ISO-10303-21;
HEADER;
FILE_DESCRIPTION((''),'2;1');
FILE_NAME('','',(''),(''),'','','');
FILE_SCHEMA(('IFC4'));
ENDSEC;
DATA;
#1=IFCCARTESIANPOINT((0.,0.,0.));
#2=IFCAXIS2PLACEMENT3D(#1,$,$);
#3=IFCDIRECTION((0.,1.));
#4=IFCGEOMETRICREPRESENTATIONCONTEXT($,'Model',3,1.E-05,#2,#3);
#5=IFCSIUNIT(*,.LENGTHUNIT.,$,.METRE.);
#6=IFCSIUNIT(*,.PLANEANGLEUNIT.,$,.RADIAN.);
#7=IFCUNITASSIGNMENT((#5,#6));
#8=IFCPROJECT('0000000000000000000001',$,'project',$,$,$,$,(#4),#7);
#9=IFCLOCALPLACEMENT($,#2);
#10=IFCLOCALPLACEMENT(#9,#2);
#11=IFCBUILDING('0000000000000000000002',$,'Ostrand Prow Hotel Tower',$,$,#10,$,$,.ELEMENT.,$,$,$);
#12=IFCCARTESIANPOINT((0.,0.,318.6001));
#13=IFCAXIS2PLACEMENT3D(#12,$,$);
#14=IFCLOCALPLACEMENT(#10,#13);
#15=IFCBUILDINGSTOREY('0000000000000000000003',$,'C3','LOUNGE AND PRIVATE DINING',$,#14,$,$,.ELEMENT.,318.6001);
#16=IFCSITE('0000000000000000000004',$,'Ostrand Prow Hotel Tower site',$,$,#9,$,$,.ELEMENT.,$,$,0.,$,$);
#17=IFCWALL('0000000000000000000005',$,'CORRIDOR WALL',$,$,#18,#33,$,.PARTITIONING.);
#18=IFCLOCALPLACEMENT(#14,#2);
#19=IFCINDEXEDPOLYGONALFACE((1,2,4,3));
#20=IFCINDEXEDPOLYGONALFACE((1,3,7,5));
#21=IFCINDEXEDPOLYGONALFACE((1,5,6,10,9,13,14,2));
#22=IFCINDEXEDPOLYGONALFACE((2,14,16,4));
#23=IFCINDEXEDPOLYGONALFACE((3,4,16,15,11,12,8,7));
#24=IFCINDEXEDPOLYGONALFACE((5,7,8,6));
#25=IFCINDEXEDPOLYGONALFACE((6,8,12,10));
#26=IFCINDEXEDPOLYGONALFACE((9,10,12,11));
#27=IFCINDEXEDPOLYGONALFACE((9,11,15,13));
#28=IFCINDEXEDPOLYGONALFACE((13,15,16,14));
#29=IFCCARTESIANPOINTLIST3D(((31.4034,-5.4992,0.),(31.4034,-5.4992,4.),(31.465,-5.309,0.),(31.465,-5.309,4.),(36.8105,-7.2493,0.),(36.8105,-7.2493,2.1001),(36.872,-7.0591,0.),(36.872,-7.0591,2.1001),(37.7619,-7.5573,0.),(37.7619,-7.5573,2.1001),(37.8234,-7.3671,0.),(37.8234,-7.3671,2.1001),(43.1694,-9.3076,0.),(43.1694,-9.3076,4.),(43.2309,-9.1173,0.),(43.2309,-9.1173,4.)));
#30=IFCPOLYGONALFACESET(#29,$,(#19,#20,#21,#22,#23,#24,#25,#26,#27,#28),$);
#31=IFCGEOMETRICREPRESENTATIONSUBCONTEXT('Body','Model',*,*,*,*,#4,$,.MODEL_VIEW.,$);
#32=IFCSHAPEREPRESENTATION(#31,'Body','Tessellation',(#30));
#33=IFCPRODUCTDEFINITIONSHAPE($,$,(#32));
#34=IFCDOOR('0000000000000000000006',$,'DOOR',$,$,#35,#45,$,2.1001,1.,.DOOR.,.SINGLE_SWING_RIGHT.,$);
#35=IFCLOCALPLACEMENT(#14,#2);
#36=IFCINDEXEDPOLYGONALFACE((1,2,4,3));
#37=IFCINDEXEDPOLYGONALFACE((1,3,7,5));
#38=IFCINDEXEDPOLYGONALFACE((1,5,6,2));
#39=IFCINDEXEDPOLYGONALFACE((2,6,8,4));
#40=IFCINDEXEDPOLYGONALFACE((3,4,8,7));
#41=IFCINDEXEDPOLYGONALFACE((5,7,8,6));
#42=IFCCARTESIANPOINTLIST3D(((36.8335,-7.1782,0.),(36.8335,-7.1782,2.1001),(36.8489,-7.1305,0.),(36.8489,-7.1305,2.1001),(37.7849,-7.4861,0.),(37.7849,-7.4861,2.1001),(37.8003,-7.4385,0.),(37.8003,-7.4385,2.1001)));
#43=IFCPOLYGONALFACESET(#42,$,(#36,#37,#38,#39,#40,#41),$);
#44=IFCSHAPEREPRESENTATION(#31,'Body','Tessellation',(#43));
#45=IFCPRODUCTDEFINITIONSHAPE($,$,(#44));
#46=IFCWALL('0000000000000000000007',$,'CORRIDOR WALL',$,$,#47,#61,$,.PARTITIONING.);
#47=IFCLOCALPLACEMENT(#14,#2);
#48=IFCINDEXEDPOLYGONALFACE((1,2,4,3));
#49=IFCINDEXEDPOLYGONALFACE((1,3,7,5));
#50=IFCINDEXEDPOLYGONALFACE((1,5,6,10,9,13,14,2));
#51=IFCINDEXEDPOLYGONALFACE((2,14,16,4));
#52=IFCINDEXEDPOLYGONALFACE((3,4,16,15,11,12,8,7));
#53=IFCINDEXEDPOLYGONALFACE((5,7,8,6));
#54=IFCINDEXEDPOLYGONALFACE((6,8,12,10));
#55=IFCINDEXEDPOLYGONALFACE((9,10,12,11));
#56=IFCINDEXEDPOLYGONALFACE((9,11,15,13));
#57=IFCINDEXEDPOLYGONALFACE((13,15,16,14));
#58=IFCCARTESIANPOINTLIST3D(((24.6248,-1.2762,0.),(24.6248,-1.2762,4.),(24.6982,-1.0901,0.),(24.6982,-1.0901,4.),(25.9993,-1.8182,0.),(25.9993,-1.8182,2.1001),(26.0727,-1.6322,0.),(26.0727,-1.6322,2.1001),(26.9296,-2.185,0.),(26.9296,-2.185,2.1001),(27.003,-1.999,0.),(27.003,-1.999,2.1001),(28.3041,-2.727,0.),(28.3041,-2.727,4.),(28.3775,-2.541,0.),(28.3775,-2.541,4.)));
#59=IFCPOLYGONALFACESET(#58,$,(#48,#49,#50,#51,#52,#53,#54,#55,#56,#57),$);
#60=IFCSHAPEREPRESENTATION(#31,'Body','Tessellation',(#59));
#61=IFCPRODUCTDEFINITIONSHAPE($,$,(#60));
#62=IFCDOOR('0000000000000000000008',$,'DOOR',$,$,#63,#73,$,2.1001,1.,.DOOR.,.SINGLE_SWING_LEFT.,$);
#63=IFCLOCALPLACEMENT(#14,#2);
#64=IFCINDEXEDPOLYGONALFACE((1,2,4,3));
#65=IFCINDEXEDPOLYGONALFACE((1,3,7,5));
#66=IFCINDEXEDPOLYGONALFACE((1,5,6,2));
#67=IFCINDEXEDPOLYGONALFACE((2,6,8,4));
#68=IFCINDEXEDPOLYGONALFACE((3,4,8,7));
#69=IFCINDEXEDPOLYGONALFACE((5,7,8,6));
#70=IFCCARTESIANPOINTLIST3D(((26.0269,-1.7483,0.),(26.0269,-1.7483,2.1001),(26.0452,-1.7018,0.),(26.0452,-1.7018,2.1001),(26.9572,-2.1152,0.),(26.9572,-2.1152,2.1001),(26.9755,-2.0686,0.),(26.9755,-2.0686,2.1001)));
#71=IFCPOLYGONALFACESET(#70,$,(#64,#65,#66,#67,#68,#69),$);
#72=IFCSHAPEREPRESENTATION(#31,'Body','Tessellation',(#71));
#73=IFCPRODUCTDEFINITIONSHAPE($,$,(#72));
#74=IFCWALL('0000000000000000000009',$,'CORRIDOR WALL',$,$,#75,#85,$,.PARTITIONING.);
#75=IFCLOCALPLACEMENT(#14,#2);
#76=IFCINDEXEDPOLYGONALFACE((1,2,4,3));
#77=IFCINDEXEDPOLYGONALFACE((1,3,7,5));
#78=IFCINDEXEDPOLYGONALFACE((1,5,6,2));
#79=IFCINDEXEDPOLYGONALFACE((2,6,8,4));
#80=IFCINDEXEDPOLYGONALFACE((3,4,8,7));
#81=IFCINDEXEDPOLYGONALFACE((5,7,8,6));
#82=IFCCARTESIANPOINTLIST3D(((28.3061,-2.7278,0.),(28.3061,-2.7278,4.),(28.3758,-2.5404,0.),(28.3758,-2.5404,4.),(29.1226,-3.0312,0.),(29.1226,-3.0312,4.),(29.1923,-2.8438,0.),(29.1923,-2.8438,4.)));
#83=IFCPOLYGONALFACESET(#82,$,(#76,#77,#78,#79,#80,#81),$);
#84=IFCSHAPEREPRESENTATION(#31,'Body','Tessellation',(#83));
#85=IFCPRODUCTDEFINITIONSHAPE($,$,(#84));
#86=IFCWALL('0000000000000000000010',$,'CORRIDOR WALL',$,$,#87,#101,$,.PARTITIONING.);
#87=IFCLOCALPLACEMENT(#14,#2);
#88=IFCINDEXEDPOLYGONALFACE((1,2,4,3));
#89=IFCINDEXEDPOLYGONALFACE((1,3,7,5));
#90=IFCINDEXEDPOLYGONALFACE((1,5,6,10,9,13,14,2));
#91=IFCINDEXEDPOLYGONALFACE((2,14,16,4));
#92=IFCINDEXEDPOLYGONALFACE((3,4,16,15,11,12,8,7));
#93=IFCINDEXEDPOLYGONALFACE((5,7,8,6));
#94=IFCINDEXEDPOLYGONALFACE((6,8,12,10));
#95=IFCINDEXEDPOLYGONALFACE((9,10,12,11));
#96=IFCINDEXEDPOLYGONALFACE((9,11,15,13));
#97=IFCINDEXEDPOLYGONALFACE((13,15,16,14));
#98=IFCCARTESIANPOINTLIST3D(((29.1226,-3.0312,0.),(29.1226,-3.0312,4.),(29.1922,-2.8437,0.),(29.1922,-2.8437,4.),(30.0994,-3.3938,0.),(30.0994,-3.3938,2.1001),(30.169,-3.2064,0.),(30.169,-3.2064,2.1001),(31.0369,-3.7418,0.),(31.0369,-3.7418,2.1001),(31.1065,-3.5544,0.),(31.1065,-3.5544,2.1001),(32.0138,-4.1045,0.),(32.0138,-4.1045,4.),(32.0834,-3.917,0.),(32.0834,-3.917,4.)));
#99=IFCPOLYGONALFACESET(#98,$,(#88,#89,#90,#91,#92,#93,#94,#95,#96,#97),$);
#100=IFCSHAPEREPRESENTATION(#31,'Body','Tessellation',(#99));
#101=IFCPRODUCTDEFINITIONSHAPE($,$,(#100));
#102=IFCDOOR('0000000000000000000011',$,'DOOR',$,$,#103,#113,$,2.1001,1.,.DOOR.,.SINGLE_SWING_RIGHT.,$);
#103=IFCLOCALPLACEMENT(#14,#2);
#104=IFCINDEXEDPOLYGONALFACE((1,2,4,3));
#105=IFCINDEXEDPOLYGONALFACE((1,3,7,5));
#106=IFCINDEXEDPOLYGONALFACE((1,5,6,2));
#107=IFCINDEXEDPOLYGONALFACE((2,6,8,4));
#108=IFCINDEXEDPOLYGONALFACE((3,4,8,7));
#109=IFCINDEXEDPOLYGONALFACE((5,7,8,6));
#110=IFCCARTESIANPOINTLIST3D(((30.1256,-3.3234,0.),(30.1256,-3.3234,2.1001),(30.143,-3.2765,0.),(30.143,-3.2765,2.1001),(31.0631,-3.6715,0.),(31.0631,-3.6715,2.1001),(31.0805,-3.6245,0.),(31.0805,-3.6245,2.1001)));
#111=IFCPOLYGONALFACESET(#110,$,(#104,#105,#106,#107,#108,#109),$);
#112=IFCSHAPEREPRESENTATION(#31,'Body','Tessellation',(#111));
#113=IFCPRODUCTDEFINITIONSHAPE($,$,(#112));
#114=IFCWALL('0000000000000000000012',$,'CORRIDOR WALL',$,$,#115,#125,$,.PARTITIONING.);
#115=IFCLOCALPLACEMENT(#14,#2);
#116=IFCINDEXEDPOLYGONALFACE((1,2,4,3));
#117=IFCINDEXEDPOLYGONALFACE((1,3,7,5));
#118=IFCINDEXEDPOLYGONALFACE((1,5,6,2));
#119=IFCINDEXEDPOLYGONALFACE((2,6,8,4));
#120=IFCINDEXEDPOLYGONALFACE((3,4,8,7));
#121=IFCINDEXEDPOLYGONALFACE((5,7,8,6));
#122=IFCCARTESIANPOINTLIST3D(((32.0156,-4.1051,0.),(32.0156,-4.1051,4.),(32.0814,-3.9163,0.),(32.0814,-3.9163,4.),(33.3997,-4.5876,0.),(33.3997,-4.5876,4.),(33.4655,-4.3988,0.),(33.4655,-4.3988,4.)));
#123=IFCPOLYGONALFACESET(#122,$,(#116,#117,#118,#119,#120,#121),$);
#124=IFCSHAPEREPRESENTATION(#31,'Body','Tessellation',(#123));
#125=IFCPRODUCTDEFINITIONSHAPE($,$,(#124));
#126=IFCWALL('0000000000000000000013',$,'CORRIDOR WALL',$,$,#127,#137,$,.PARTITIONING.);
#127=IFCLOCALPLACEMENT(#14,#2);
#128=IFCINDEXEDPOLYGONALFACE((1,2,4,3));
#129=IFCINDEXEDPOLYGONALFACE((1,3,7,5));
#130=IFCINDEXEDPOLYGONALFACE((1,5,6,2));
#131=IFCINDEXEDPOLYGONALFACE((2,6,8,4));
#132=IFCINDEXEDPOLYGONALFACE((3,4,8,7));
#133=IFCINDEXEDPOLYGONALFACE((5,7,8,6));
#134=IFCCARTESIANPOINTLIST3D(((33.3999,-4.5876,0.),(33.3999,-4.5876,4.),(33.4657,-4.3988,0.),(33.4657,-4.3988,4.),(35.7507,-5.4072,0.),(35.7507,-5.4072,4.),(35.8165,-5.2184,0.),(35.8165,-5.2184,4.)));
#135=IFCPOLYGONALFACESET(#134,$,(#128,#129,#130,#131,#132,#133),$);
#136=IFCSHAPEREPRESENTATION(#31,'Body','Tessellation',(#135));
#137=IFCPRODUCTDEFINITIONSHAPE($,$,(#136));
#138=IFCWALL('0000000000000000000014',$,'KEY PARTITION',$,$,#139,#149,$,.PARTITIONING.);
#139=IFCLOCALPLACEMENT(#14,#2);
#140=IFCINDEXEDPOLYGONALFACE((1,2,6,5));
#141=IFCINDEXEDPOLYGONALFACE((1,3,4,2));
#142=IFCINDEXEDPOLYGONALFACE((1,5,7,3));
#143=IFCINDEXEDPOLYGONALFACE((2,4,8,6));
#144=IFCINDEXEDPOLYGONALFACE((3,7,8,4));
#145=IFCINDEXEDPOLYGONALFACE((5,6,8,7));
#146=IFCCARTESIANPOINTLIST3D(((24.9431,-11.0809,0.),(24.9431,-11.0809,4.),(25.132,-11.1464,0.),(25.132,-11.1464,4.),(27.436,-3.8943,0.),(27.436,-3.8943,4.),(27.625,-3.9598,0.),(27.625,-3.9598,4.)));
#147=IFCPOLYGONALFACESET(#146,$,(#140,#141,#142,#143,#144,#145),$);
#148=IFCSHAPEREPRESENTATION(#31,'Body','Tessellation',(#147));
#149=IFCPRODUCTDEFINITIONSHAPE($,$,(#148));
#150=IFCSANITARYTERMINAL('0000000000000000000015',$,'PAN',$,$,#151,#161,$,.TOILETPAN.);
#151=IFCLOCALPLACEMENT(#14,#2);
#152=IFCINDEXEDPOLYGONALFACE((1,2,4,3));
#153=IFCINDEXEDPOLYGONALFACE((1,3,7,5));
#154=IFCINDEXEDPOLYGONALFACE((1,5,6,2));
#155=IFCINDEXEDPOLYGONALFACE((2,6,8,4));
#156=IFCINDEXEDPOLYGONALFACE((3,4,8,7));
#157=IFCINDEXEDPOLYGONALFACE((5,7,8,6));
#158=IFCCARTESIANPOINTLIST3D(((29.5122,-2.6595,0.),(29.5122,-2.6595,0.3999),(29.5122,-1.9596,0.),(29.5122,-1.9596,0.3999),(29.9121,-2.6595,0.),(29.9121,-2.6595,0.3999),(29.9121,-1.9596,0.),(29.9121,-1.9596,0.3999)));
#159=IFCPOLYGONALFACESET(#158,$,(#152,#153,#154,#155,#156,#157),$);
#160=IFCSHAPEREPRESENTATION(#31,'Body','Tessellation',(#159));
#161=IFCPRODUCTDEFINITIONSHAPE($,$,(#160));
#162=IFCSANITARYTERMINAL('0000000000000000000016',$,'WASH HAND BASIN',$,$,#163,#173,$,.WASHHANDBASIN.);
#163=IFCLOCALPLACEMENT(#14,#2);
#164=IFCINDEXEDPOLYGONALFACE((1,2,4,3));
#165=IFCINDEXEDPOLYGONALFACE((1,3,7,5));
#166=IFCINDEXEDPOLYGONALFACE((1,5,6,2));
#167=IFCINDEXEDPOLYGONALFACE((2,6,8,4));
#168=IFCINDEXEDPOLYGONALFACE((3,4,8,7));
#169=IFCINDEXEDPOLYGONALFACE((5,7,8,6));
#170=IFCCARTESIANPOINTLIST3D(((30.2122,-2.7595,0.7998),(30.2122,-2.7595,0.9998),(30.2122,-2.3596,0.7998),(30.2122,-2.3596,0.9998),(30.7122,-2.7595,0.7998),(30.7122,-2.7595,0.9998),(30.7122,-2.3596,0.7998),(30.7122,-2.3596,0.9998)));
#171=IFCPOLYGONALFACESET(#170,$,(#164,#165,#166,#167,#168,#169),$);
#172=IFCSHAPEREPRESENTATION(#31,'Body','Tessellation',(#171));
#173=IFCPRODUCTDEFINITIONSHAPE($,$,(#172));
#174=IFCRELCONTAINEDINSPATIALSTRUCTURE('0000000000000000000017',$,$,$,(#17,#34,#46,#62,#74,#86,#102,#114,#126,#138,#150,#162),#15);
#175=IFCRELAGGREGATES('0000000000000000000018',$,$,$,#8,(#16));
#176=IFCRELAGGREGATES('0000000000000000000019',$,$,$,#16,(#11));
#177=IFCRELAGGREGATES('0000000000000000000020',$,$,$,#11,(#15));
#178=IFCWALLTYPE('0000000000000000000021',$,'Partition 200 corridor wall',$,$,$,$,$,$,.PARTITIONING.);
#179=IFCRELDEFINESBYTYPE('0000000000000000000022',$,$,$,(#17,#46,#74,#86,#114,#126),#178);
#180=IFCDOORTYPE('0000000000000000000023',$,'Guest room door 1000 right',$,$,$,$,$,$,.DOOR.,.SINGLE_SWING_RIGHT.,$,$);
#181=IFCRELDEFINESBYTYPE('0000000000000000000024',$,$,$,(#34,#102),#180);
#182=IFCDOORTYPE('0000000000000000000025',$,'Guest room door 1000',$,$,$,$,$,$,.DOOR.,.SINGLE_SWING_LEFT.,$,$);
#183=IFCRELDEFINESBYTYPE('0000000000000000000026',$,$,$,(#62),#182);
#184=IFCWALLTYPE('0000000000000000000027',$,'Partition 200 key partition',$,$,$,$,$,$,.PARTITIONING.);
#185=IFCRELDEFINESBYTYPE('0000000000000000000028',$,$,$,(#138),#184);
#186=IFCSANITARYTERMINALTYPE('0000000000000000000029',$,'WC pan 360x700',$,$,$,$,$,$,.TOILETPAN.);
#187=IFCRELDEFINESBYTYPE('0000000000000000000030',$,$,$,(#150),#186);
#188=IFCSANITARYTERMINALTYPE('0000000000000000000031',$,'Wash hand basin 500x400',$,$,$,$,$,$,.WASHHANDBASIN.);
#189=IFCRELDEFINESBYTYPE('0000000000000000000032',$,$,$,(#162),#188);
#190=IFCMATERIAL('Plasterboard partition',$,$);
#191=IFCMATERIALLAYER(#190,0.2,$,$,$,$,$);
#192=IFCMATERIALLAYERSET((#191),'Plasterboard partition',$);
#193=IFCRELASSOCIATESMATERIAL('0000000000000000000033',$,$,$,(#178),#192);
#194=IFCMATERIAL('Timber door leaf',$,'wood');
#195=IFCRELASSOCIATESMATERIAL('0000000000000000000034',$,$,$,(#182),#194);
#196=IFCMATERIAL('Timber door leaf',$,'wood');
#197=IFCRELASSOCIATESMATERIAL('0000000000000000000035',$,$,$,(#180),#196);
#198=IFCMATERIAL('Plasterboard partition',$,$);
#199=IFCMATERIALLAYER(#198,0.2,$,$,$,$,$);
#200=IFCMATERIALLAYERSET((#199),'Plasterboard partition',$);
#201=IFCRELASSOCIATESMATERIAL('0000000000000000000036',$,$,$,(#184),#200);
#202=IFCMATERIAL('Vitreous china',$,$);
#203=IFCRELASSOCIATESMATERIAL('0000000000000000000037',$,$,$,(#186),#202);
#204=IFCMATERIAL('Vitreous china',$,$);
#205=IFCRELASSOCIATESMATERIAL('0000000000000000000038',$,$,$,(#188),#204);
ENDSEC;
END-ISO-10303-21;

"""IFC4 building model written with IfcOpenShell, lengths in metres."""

from ifc_helpers import new_model, si_unit, direction, frame, frame_2d, origin, origin_2d, place, context, subcontext, project, spatial, rectangle, extrude, material, layer, layer_set, type_object, element, fill, save


model = new_model("IFC4")

# Units and contexts
model_context = context("Model", 3, precision=1e-05, world=origin(), true_north=direction((0.0, 1.0)))
body_context = subcontext(model_context, "Body", "Model", "MODEL_VIEW")
ifc_project = project(units=[si_unit("LENGTHUNIT", "METRE"), si_unit("PLANEANGLEUNIT", "RADIAN")], contexts=[model_context])

# Site, building, storey
site_placement = place(None, origin())
site = spatial("IfcSite", under=ifc_project, at=site_placement, Name="Ostrand Prow Hotel Tower site", CompositionType="ELEMENT", RefElevation=0.0)
building_placement = place(site_placement, origin())
building = spatial("IfcBuilding", under=site, at=building_placement, Name="Ostrand Prow Hotel Tower", CompositionType="ELEMENT")
storey_placement = place(building_placement, frame((0.0, 0.0, 318.6001)))
storey = spatial("IfcBuildingStorey", under=building, at=storey_placement, Name="C3", Description="LOUNGE AND PRIVATE DINING", CompositionType="ELEMENT", Elevation=318.6001)

# Walls, openings, doors
ifc_material_1 = material(Name="Plasterboard partition")
ifc_layer_1 = layer(ifc_material_1, 0.2)
ifc_layer_set_1 = layer_set([ifc_layer_1], Name="Plasterboard partition")
wall_type_1 = type_object("IfcWallType", Name="Partition 200 corridor wall", PredefinedType="PARTITIONING", material=ifc_layer_set_1)
ifc_material_2 = material(Name="Timber door leaf", Category="wood")
door_type_1 = type_object("IfcDoorType", Name="Guest room door 1000", OperationType="SINGLE_SWING_LEFT", PredefinedType="DOOR", material=ifc_material_2)
wall_1_placement = place(storey_placement, frame((31.4341, -5.4041, 0.0), z_axis=(0.0, 0.0, 1.0), x_axis=(0.951403, -0.307948, 0.0)))
wall_1 = element("IfcWall", 1, at=wall_1_placement, inside=storey, type_object=wall_type_1, Name="CORRIDOR WALL", PredefinedType="PARTITIONING", context=body_context, shape_type="SweptSolid", body=[
    extrude(rectangle(XDim=12.3669, YDim=0.2, at=frame_2d((6.1836, 0.0))), origin(), (0.0, 0.0, 1.0), 4.0),
])
opening_1_placement = place(wall_1_placement, frame((5.6833, 0.0, 0.0)))
opening_1 = element("IfcOpeningElement", 2, at=opening_1_placement, cuts=wall_1, PredefinedType="OPENING", context=body_context, shape_type="SweptSolid", body=[
    extrude(rectangle(XDim=1.0, YDim=2.1001, at=frame_2d((0.5, 1.05))), frame((0.0, 0.1099, 0.0), z_axis=(0.0, -1.0, 0.0), x_axis=(1.0, 0.0, 0.0)), (0.0, 0.0, 1.0), 0.22),
])
ifc_material_3 = material(Name="Timber door leaf", Category="wood")
door_type_2 = type_object("IfcDoorType", Name="Guest room door 1000 right", OperationType="SINGLE_SWING_RIGHT", PredefinedType="DOOR", material=ifc_material_3)
door_1_placement = place(opening_1_placement, origin())
door_1 = element("IfcDoor", 3, at=door_1_placement, inside=storey, type_object=door_type_2, Name="DOOR", OperationType="SINGLE_SWING_RIGHT", OverallHeight=2.1001, OverallWidth=1.0, PredefinedType="DOOR", context=body_context, shape_type="SweptSolid", body=[
    extrude(rectangle(XDim=1.0, YDim=2.1001, at=frame_2d((0.5, 1.05))), frame((0.0, 0.0249, 0.0), z_axis=(0.0, -1.0, 0.0), x_axis=(1.0, 0.0, 0.0)), (0.0, 0.0, 1.0), 0.05),
])
fill(opening_1, door_1)
wall_2_placement = place(storey_placement, frame((28.3408, -2.634, 0.0), z_axis=(0.0, 0.0, 1.0), x_axis=(-0.930283, 0.366842, 0.0)))
wall_2 = element("IfcWall", 4, at=wall_2_placement, inside=storey, type_object=wall_type_1, Name="CORRIDOR WALL", PredefinedType="PARTITIONING", context=body_context, shape_type="SweptSolid", body=[
    extrude(rectangle(XDim=3.9551, YDim=0.2, at=frame_2d((1.9775, 0.0))), origin(), (0.0, 0.0, 1.0), 4.0),
])
opening_2_placement = place(wall_2_placement, frame((1.4775, 0.0, 0.0)))
opening_2 = element("IfcOpeningElement", 5, at=opening_2_placement, cuts=wall_2, PredefinedType="OPENING", context=body_context, shape_type="SweptSolid", body=[
    extrude(rectangle(XDim=1.0, YDim=2.1001, at=frame_2d((0.5, 1.05))), frame((0.0, 0.1099, 0.0), z_axis=(0.0, -1.0, 0.0), x_axis=(1.0, 0.0, 0.0)), (0.0, 0.0, 1.0), 0.22),
])
door_2_placement = place(opening_2_placement, origin())
door_2 = element("IfcDoor", 6, at=door_2_placement, inside=storey, type_object=door_type_1, Name="DOOR", OperationType="SINGLE_SWING_LEFT", OverallHeight=2.1001, OverallWidth=1.0, PredefinedType="DOOR", context=body_context, shape_type="SweptSolid", body=[
    extrude(rectangle(XDim=1.0, YDim=2.1001, at=frame_2d((0.5, 1.05))), frame((0.0, 0.0249, 0.0), z_axis=(0.0, -1.0, 0.0), x_axis=(1.0, 0.0, 0.0)), (0.0, 0.0, 1.0), 0.05),
])
fill(opening_2, door_2)

# Wall
wall_3_placement = place(storey_placement, frame((29.1575, -2.9375, 0.0), z_axis=(0.0, 0.0, 1.0), x_axis=(-0.937373, 0.348327, 0.0)))
element("IfcWall", 7, at=wall_3_placement, inside=storey, type_object=wall_type_1, Name="CORRIDOR WALL", PredefinedType="PARTITIONING", context=body_context, shape_type="SweptSolid", body=[
    extrude(rectangle(XDim=0.8711, YDim=0.2, at=frame_2d((0.4355, 0.0))), origin(), (0.0, 0.0, 1.0), 4.0),
])

# Wall, opening, door
wall_4_placement = place(storey_placement, frame((32.0486, -4.0107, 0.0), z_axis=(0.0, 0.0, 1.0), x_axis=(-0.937489, 0.348016, 0.0)))
wall_4 = element("IfcWall", 8, at=wall_4_placement, inside=storey, type_object=wall_type_1, Name="CORRIDOR WALL", PredefinedType="PARTITIONING", context=body_context, shape_type="SweptSolid", body=[
    extrude(rectangle(XDim=3.084, YDim=0.2, at=frame_2d((1.542, 0.0))), origin(), (0.0, 0.0, 1.0), 4.0),
])
opening_3_placement = place(wall_4_placement, frame((1.042, 0.0, 0.0)))
opening_3 = element("IfcOpeningElement", 9, at=opening_3_placement, cuts=wall_4, PredefinedType="OPENING", context=body_context, shape_type="SweptSolid", body=[
    extrude(rectangle(XDim=1.0, YDim=2.1001, at=frame_2d((0.5, 1.05))), frame((0.0, 0.1099, 0.0), z_axis=(0.0, -1.0, 0.0), x_axis=(1.0, 0.0, 0.0)), (0.0, 0.0, 1.0), 0.22),
])
door_3_placement = place(opening_3_placement, origin())
door_3 = element("IfcDoor", 10, at=door_3_placement, inside=storey, type_object=door_type_2, Name="DOOR", OperationType="SINGLE_SWING_RIGHT", OverallHeight=2.1001, OverallWidth=1.0, PredefinedType="DOOR", context=body_context, shape_type="SweptSolid", body=[
    extrude(rectangle(XDim=1.0, YDim=2.1001, at=frame_2d((0.5, 1.05))), frame((0.0, 0.0249, 0.0), z_axis=(0.0, -1.0, 0.0), x_axis=(1.0, 0.0, 0.0)), (0.0, 0.0, 1.0), 0.05),
])
fill(opening_3, door_3)

# Walls
wall_5_placement = place(storey_placement, frame((33.4326, -4.4932, 0.0), z_axis=(0.0, 0.0, 1.0), x_axis=(-0.944281, 0.329141, 0.0)))
element("IfcWall", 11, at=wall_5_placement, inside=storey, type_object=wall_type_1, Name="CORRIDOR WALL", PredefinedType="PARTITIONING", context=body_context, shape_type="SweptSolid", body=[
    extrude(rectangle(XDim=1.4658, YDim=0.2, at=frame_2d((0.7329, 0.0))), origin(), (0.0, 0.0, 1.0), 4.0),
])
wall_6_placement = place(storey_placement, frame((35.7834, -5.3127, 0.0), z_axis=(0.0, 0.0, 1.0), x_axis=(-0.94426, 0.329201, 0.0)))
element("IfcWall", 12, at=wall_6_placement, inside=storey, type_object=wall_type_1, Name="CORRIDOR WALL", PredefinedType="PARTITIONING", context=body_context, shape_type="SweptSolid", body=[
    extrude(rectangle(XDim=2.4895, YDim=0.2, at=frame_2d((1.2446, 0.0))), origin(), (0.0, 0.0, 1.0), 4.0),
])
ifc_material_4 = material(Name="Plasterboard partition")
ifc_layer_2 = layer(ifc_material_4, 0.2)
ifc_layer_set_2 = layer_set([ifc_layer_2], Name="Plasterboard partition")
wall_type_2 = type_object("IfcWallType", Name="Partition 200 key partition", PredefinedType="PARTITIONING", material=ifc_layer_set_2)
wall_7_placement = place(storey_placement, frame((25.0376, -11.1135, 0.0), z_axis=(0.0, 0.0, 1.0), x_axis=(0.32773, 0.944771, 0.0)))
element("IfcWall", 13, at=wall_7_placement, inside=storey, type_object=wall_type_2, Name="KEY PARTITION", PredefinedType="PARTITIONING", context=body_context, shape_type="SweptSolid", body=[
    extrude(rectangle(XDim=7.6067, YDim=0.2, at=frame_2d((3.8032, 0.0))), origin(), (0.0, 0.0, 1.0), 4.0),
])

# Sanitary terminals
ifc_material_5 = material(Name="Vitreous china")
sanitary_terminal_type_1 = type_object("IfcSanitaryTerminalType", Name="WC pan 360x700", PredefinedType="TOILETPAN", material=ifc_material_5)
sanitary_terminal_1_placement = place(storey_placement, frame((29.7122, -2.3096, 0.0), z_axis=(0.0, 0.0, 1.0), x_axis=(1.0, 0.0, 0.0)))
element("IfcSanitaryTerminal", 14, at=sanitary_terminal_1_placement, inside=storey, type_object=sanitary_terminal_type_1, Name="PAN", PredefinedType="TOILETPAN", context=body_context, shape_type="SweptSolid", body=[
    extrude(rectangle(XDim=0.3999, YDim=0.7, at=origin_2d()), origin(), (0.0, 0.0, 1.0), 0.3999),
])
ifc_material_6 = material(Name="Vitreous china")
sanitary_terminal_type_2 = type_object("IfcSanitaryTerminalType", Name="Wash hand basin 500x400", PredefinedType="WASHHANDBASIN", material=ifc_material_6)
sanitary_terminal_2_placement = place(storey_placement, frame((30.4622, -2.5596, 0.7998), z_axis=(0.0, 0.0, 1.0), x_axis=(1.0, 0.0, 0.0)))
element("IfcSanitaryTerminal", 15, at=sanitary_terminal_2_placement, inside=storey, type_object=sanitary_terminal_type_2, Name="WASH HAND BASIN", PredefinedType="WASHHANDBASIN", context=body_context, shape_type="SweptSolid", body=[
    extrude(rectangle(XDim=0.5, YDim=0.3999, at=origin_2d()), origin(), (0.0, 0.0, 1.0), 0.2),
])

save(model, "model.ifc")
